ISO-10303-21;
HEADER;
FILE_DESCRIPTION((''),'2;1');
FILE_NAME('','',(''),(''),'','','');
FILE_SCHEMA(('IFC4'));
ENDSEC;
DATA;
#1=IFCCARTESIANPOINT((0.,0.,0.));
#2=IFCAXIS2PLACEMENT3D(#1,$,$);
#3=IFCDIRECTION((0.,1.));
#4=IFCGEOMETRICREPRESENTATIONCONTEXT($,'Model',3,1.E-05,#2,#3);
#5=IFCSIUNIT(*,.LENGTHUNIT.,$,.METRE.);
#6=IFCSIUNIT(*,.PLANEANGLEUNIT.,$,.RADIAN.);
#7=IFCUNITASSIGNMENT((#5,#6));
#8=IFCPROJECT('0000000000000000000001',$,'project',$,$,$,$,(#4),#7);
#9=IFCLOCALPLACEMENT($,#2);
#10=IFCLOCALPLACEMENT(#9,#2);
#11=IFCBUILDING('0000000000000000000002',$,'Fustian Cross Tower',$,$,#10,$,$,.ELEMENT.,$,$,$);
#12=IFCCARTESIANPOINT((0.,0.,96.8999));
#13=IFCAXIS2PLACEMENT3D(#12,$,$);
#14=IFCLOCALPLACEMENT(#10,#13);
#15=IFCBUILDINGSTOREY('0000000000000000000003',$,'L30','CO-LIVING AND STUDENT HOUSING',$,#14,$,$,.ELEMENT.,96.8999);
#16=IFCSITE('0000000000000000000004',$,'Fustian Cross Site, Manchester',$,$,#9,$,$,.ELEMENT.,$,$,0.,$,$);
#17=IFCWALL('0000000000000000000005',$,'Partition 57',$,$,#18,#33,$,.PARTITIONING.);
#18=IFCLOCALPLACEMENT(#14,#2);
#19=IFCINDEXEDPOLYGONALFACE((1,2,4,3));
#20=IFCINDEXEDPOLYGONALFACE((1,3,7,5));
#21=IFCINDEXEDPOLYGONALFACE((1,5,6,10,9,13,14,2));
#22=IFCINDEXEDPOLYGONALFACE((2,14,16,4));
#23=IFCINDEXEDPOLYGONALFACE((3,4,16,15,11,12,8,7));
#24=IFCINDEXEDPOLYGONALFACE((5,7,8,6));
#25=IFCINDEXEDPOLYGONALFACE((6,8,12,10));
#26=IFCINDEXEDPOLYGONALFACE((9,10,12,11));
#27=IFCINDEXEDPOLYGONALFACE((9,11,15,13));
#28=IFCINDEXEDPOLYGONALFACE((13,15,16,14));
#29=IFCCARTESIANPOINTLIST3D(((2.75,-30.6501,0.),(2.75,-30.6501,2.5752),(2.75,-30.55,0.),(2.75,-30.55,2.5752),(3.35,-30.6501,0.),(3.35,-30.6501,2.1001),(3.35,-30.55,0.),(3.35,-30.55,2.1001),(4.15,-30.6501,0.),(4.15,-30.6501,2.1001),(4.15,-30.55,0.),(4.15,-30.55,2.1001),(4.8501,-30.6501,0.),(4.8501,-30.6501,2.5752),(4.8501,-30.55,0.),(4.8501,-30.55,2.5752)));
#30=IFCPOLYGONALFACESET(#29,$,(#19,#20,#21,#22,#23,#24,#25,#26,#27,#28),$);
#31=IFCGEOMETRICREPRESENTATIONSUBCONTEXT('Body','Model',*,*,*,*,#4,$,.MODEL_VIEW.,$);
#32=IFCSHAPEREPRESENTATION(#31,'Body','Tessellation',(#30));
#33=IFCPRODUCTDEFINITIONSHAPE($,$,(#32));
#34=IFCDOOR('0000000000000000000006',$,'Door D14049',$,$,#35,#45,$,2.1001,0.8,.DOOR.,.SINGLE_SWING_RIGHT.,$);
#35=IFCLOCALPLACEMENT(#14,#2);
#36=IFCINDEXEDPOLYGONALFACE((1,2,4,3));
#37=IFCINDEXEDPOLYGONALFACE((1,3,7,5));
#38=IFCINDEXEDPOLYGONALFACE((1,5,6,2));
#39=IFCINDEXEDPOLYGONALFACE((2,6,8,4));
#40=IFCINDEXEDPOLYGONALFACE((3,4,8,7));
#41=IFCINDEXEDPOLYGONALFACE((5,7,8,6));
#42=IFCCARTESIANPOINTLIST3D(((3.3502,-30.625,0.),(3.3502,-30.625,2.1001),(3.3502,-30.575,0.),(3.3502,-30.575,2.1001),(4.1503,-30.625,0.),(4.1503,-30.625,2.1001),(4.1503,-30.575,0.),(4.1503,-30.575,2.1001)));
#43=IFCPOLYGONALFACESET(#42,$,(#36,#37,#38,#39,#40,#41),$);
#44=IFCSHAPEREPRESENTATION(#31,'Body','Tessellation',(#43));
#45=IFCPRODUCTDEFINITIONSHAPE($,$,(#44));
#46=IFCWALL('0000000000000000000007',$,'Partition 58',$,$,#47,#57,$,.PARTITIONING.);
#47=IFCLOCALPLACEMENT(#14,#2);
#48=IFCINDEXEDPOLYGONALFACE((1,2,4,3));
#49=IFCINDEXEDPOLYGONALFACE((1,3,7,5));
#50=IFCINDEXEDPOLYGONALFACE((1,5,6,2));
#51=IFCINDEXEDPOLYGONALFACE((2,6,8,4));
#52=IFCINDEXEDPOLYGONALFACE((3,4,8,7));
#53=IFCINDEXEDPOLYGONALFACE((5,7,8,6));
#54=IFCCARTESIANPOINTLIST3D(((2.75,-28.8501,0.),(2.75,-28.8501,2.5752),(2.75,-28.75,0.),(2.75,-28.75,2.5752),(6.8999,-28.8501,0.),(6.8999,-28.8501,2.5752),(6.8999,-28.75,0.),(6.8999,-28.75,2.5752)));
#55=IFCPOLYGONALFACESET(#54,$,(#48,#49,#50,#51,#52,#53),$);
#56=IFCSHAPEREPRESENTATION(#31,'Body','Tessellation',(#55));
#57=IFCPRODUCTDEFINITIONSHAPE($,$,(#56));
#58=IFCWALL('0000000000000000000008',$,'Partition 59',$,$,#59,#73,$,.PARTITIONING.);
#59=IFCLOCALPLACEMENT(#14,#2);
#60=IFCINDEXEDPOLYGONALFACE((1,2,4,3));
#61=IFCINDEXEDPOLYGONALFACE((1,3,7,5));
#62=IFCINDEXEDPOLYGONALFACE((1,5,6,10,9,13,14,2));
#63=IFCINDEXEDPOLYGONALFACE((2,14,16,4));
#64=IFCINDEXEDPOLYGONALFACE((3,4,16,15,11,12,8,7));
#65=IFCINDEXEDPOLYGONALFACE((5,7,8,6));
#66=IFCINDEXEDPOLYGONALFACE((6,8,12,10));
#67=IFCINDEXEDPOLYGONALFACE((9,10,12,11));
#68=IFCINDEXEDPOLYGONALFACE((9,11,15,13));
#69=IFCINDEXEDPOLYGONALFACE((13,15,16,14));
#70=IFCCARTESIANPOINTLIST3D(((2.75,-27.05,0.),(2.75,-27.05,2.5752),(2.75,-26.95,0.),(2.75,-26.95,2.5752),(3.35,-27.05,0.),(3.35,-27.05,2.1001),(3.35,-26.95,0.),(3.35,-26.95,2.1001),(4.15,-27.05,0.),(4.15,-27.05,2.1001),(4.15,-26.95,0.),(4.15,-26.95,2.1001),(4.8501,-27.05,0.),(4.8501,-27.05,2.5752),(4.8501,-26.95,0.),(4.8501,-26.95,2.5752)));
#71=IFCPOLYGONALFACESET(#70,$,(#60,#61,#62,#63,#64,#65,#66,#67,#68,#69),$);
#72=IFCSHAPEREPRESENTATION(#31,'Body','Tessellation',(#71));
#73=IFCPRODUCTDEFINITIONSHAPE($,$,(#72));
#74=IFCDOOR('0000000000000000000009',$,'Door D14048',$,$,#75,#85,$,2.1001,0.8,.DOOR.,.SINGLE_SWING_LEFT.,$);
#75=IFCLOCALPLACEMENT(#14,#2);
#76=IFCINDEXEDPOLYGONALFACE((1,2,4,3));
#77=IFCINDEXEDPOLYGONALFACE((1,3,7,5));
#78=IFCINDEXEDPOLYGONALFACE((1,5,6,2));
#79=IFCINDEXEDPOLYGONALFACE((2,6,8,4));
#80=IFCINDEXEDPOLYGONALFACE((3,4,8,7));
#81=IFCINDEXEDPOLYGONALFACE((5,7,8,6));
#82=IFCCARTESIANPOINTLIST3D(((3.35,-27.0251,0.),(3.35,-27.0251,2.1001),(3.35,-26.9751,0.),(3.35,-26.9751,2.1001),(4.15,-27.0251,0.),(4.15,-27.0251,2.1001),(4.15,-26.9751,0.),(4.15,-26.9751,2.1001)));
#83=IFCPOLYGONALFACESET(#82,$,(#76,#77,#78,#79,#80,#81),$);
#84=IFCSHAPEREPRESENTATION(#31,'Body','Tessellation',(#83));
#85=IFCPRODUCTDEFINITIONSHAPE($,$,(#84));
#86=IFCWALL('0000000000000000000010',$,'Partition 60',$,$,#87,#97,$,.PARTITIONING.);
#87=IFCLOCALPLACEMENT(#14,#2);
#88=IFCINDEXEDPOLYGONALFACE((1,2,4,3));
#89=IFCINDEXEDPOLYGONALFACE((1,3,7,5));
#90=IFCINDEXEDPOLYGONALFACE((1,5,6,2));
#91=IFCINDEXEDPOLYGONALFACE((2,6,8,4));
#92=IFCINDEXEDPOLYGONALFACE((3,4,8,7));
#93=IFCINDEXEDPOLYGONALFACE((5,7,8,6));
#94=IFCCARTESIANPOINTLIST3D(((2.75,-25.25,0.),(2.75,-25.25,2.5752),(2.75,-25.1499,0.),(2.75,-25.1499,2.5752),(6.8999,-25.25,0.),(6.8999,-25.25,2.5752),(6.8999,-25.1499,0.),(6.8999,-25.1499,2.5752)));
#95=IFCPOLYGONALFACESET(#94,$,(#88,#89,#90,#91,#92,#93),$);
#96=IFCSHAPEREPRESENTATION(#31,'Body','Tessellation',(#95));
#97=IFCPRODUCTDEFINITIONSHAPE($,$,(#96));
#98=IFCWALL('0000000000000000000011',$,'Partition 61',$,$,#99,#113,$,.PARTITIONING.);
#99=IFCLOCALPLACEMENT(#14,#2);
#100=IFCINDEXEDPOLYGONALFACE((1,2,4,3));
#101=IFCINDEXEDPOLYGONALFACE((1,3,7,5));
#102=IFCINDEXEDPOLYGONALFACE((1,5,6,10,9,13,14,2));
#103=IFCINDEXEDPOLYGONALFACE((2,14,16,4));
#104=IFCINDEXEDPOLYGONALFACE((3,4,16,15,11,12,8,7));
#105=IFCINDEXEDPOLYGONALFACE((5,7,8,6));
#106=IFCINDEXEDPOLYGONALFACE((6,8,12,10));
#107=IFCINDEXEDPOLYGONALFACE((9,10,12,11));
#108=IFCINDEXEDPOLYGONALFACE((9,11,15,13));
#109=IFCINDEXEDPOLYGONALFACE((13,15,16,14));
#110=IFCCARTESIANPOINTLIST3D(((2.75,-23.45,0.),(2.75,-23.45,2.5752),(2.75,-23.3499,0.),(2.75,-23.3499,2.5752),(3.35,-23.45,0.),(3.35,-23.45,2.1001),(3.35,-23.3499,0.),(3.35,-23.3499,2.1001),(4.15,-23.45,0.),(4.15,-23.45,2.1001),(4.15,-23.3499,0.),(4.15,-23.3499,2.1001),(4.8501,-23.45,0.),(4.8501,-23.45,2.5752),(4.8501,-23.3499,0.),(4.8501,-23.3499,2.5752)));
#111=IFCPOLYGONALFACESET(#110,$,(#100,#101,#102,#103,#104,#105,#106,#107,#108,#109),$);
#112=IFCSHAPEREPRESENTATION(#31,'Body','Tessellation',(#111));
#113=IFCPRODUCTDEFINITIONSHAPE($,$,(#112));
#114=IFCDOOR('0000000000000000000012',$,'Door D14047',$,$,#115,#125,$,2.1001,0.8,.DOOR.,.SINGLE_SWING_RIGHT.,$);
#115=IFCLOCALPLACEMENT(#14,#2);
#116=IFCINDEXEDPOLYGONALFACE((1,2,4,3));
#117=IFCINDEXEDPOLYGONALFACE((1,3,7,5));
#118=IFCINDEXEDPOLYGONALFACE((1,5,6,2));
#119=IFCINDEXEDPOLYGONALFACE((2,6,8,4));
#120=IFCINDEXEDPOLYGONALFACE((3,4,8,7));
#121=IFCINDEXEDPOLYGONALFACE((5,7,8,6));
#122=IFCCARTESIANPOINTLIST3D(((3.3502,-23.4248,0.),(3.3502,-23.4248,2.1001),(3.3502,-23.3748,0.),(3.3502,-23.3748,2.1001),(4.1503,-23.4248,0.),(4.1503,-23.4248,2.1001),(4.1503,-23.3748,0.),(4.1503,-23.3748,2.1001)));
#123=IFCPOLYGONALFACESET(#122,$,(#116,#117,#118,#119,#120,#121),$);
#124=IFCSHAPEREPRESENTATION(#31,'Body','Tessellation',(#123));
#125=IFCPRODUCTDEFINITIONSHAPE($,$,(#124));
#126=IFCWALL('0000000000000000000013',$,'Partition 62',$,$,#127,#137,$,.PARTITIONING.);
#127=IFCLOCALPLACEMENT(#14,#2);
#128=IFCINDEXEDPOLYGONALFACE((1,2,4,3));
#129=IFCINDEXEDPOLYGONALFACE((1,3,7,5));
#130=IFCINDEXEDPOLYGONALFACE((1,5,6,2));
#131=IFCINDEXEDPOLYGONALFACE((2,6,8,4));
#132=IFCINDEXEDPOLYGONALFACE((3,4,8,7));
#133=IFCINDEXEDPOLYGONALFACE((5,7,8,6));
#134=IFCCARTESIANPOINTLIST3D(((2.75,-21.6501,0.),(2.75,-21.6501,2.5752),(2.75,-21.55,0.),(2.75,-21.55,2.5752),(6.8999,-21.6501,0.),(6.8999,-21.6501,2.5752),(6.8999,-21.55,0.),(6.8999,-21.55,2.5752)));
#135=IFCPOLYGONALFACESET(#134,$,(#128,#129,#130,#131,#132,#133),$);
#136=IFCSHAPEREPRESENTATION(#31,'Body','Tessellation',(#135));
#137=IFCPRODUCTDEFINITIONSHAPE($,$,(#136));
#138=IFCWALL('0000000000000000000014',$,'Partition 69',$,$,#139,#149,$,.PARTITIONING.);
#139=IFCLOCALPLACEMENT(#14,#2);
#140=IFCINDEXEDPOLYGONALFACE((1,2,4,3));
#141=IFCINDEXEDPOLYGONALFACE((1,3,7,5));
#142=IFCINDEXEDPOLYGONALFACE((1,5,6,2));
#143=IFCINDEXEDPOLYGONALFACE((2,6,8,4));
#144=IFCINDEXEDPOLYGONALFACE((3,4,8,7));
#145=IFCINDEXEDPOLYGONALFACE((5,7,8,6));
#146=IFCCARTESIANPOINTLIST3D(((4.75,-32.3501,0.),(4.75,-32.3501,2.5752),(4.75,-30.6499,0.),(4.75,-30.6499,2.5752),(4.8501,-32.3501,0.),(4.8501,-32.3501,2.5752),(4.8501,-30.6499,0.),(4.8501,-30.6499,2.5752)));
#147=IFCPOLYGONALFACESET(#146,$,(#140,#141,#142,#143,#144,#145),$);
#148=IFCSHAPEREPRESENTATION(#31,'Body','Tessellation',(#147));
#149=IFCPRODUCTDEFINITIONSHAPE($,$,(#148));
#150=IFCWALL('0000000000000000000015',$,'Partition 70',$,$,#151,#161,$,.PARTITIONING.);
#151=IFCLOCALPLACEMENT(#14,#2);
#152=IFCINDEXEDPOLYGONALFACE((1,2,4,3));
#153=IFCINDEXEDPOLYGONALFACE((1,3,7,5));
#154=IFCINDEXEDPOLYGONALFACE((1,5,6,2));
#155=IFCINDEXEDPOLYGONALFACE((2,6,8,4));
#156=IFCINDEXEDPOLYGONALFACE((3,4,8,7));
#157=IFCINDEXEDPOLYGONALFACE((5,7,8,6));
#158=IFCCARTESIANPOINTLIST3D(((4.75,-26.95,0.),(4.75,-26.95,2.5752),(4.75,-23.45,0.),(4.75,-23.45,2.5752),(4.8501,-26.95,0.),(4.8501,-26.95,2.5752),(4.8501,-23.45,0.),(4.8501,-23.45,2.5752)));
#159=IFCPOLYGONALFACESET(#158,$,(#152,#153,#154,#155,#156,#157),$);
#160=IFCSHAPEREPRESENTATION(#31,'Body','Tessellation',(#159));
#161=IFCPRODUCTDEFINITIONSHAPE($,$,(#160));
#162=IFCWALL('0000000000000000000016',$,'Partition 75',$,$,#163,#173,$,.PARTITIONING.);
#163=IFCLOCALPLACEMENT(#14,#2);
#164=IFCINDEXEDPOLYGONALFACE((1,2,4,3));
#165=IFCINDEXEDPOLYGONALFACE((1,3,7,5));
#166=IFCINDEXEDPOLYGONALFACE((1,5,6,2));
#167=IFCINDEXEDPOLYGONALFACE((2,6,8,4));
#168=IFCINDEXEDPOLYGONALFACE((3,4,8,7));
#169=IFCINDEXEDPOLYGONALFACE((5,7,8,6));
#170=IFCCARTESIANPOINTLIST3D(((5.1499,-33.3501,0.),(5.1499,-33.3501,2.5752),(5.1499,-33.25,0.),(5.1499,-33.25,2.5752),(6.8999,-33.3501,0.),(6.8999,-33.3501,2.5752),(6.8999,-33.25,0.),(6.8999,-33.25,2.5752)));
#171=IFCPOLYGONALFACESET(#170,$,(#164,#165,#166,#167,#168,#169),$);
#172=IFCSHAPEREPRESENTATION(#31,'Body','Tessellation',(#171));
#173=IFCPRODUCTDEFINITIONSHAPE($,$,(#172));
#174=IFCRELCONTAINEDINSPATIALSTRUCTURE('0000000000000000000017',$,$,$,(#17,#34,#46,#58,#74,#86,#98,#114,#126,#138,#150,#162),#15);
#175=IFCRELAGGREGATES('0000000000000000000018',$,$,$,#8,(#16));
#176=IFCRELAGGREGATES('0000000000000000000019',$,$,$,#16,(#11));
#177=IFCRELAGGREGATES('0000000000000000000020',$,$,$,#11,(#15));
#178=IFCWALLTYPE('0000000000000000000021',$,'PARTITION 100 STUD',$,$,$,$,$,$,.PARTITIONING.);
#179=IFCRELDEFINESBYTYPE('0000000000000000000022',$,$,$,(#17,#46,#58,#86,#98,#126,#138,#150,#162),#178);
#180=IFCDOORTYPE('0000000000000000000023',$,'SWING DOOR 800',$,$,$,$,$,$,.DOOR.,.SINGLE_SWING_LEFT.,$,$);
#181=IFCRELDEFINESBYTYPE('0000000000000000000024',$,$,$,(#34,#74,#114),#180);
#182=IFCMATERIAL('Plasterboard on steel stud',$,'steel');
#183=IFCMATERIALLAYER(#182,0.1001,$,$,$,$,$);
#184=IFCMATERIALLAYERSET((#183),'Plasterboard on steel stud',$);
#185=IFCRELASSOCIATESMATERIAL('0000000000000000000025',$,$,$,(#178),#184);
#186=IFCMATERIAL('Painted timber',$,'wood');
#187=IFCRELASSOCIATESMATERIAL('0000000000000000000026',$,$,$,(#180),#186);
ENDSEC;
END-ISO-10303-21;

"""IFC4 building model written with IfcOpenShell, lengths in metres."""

from ifc_helpers import new_model, si_unit, direction, frame, frame_2d, origin, place, context, subcontext, project, spatial, rectangle, extrude, material, layer, layer_set, type_object, element, fill, save


model = new_model("IFC4")

# Units and contexts
model_context = context("Model", 3, precision=1e-05, world=origin(), true_north=direction((0.0, 1.0)))
body_context = subcontext(model_context, "Body", "Model", "MODEL_VIEW")
ifc_project = project(units=[si_unit("LENGTHUNIT", "METRE"), si_unit("PLANEANGLEUNIT", "RADIAN")], contexts=[model_context])

# Site, building, storey
site_placement = place(None, origin())
site = spatial("IfcSite", under=ifc_project, at=site_placement, Name="Fustian Cross Site, Manchester", CompositionType="ELEMENT", RefElevation=0.0)
building_placement = place(site_placement, origin())
building = spatial("IfcBuilding", under=site, at=building_placement, Name="Fustian Cross Tower", CompositionType="ELEMENT")
storey_placement = place(building_placement, frame((0.0, 0.0, 96.8999)))
storey = spatial("IfcBuildingStorey", under=building, at=storey_placement, Name="L30", Description="CO-LIVING AND STUDENT HOUSING", CompositionType="ELEMENT", Elevation=96.8999)

# Shared definitions
ifc_material_1 = material(Name="Plasterboard on steel stud", Category="steel")
ifc_layer = layer(ifc_material_1, 0.1001)
ifc_layer_set = layer_set([ifc_layer], Name="Plasterboard on steel stud")
wall_type = type_object("IfcWallType", Name="PARTITION 100 STUD", PredefinedType="PARTITIONING", material=ifc_layer_set)

# Wall, opening, door
wall_1_placement = place(storey_placement, frame((2.75, -30.6001, 0.0), z_axis=(0.0, 0.0, 1.0), x_axis=(1.0, 0.0, 0.0)))
wall_1 = element("IfcWall", 1, at=wall_1_placement, inside=storey, type_object=wall_type, Name="Partition 57", PredefinedType="PARTITIONING", context=body_context, shape_type="SweptSolid", body=[
    extrude(rectangle(XDim=2.1001, YDim=0.1001, at=frame_2d((1.05, 0.0))), origin(), (0.0, 0.0, 1.0), 2.5752),
])
opening_1_placement = place(wall_1_placement, frame((0.6001, 0.0, 0.0)))
opening_1 = element("IfcOpeningElement", 2, at=opening_1_placement, cuts=wall_1, PredefinedType="OPENING", context=body_context, shape_type="SweptSolid", body=[
    extrude(rectangle(XDim=0.8, YDim=2.1001, at=frame_2d((0.3999, 1.05))), frame((0.0, 0.0601, 0.0), z_axis=(0.0, -1.0, 0.0), x_axis=(1.0, 0.0, 0.0)), (0.0, 0.0, 1.0), 0.1201),
])
ifc_material_2 = material(Name="Painted timber", Category="wood")
door_type_1 = type_object("IfcDoorType", Name="SWING DOOR 800", OperationType="SINGLE_SWING_LEFT", PredefinedType="DOOR", material=ifc_material_2)
door_1_placement = place(opening_1_placement, frame((0.8, 0.0, 0.0), z_axis=(0.0, 0.0, 1.0), x_axis=(-1.0, 0.0, 0.0)))
door_1 = element("IfcDoor", 3, at=door_1_placement, inside=storey, type_object=door_type_1, Name="Door D14049", OperationType="SINGLE_SWING_RIGHT", OverallHeight=2.1001, OverallWidth=0.8, PredefinedType="DOOR", context=body_context, shape_type="SweptSolid", body=[
    extrude(rectangle(XDim=0.8, YDim=2.1001, at=frame_2d((0.3999, 1.05))), frame((0.0, 0.0249, 0.0), z_axis=(0.0, -1.0, 0.0), x_axis=(1.0, 0.0, 0.0)), (0.0, 0.0, 1.0), 0.05),
])
fill(opening_1, door_1)

# Wall
wall_2_placement = place(storey_placement, frame((2.75, -28.8, 0.0), z_axis=(0.0, 0.0, 1.0), x_axis=(1.0, 0.0, 0.0)))
element("IfcWall", 4, at=wall_2_placement, inside=storey, type_object=wall_type, Name="Partition 58", PredefinedType="PARTITIONING", context=body_context, shape_type="SweptSolid", body=[
    extrude(rectangle(XDim=4.1499, YDim=0.1001, at=frame_2d((2.075, 0.0))), origin(), (0.0, 0.0, 1.0), 2.5752),
])

# Wall, opening, door
wall_3_placement = place(storey_placement, frame((2.75, -27.0, 0.0), z_axis=(0.0, 0.0, 1.0), x_axis=(1.0, 0.0, 0.0)))
wall_3 = element("IfcWall", 5, at=wall_3_placement, inside=storey, type_object=wall_type, Name="Partition 59", PredefinedType="PARTITIONING", context=body_context, shape_type="SweptSolid", body=[
    extrude(rectangle(XDim=2.1001, YDim=0.1001, at=frame_2d((1.05, 0.0))), origin(), (0.0, 0.0, 1.0), 2.5752),
])
opening_2_placement = place(wall_3_placement, frame((0.6001, 0.0, 0.0)))
opening_2 = element("IfcOpeningElement", 6, at=opening_2_placement, cuts=wall_3, PredefinedType="OPENING", context=body_context, shape_type="SweptSolid", body=[
    extrude(rectangle(XDim=0.8, YDim=2.1001, at=frame_2d((0.3999, 1.05))), frame((0.0, 0.0601, 0.0), z_axis=(0.0, -1.0, 0.0), x_axis=(1.0, 0.0, 0.0)), (0.0, 0.0, 1.0), 0.1201),
])
door_2_placement = place(opening_2_placement, origin())
door_2 = element("IfcDoor", 7, at=door_2_placement, inside=storey, type_object=door_type_1, Name="Door D14048", OperationType="SINGLE_SWING_LEFT", OverallHeight=2.1001, OverallWidth=0.8, PredefinedType="DOOR", context=body_context, shape_type="SweptSolid", body=[
    extrude(rectangle(XDim=0.8, YDim=2.1001, at=frame_2d((0.3999, 1.05))), frame((0.0, 0.0249, 0.0), z_axis=(0.0, -1.0, 0.0), x_axis=(1.0, 0.0, 0.0)), (0.0, 0.0, 1.0), 0.05),
])
fill(opening_2, door_2)

# Wall
wall_4_placement = place(storey_placement, frame((2.75, -25.2, 0.0), z_axis=(0.0, 0.0, 1.0), x_axis=(1.0, 0.0, 0.0)))
element("IfcWall", 8, at=wall_4_placement, inside=storey, type_object=wall_type, Name="Partition 60", PredefinedType="PARTITIONING", context=body_context, shape_type="SweptSolid", body=[
    extrude(rectangle(XDim=4.1499, YDim=0.1001, at=frame_2d((2.075, 0.0))), origin(), (0.0, 0.0, 1.0), 2.5752),
])

# Wall, opening, door
wall_5_placement = place(storey_placement, frame((2.75, -23.3999, 0.0), z_axis=(0.0, 0.0, 1.0), x_axis=(1.0, 0.0, 0.0)))
wall_5 = element("IfcWall", 9, at=wall_5_placement, inside=storey, type_object=wall_type, Name="Partition 61", PredefinedType="PARTITIONING", context=body_context, shape_type="SweptSolid", body=[
    extrude(rectangle(XDim=2.1001, YDim=0.1001, at=frame_2d((1.05, 0.0))), origin(), (0.0, 0.0, 1.0), 2.5752),
])
opening_3_placement = place(wall_5_placement, frame((0.6001, 0.0, 0.0)))
opening_3 = element("IfcOpeningElement", 10, at=opening_3_placement, cuts=wall_5, PredefinedType="OPENING", context=body_context, shape_type="SweptSolid", body=[
    extrude(rectangle(XDim=0.8, YDim=2.1001, at=frame_2d((0.3999, 1.05))), frame((0.0, 0.0601, 0.0), z_axis=(0.0, -1.0, 0.0), x_axis=(1.0, 0.0, 0.0)), (0.0, 0.0, 1.0), 0.1201),
])
door_3_placement = place(opening_3_placement, frame((0.8, 0.0, 0.0), z_axis=(0.0, 0.0, 1.0), x_axis=(-1.0, 0.0, 0.0)))
door_3 = element("IfcDoor", 11, at=door_3_placement, inside=storey, type_object=door_type_1, Name="Door D14047", OperationType="SINGLE_SWING_RIGHT", OverallHeight=2.1001, OverallWidth=0.8, PredefinedType="DOOR", context=body_context, shape_type="SweptSolid", body=[
    extrude(rectangle(XDim=0.8, YDim=2.1001, at=frame_2d((0.3999, 1.05))), frame((0.0, 0.0249, 0.0), z_axis=(0.0, -1.0, 0.0), x_axis=(1.0, 0.0, 0.0)), (0.0, 0.0, 1.0), 0.05),
])
fill(opening_3, door_3)

# Walls
wall_6_placement = place(storey_placement, frame((2.75, -21.6001, 0.0), z_axis=(0.0, 0.0, 1.0), x_axis=(1.0, 0.0, 0.0)))
element("IfcWall", 12, at=wall_6_placement, inside=storey, type_object=wall_type, Name="Partition 62", PredefinedType="PARTITIONING", context=body_context, shape_type="SweptSolid", body=[
    extrude(rectangle(XDim=4.1499, YDim=0.1001, at=frame_2d((2.075, 0.0))), origin(), (0.0, 0.0, 1.0), 2.5752),
])
wall_7_placement = place(storey_placement, frame((4.8, -32.3501, 0.0), z_axis=(0.0, 0.0, 1.0), x_axis=(0.0, 1.0, 0.0)))
element("IfcWall", 13, at=wall_7_placement, inside=storey, type_object=wall_type, Name="Partition 69", PredefinedType="PARTITIONING", context=body_context, shape_type="SweptSolid", body=[
    extrude(rectangle(XDim=1.7002, YDim=0.1001, at=frame_2d((0.8501, 0.0))), origin(), (0.0, 0.0, 1.0), 2.5752),
])
wall_8_placement = place(storey_placement, frame((4.8, -26.95, 0.0), z_axis=(0.0, 0.0, 1.0), x_axis=(0.0, 1.0, 0.0)))
element("IfcWall", 14, at=wall_8_placement, inside=storey, type_object=wall_type, Name="Partition 70", PredefinedType="PARTITIONING", context=body_context, shape_type="SweptSolid", body=[
    extrude(rectangle(XDim=3.5, YDim=0.1001, at=frame_2d((1.75, 0.0))), origin(), (0.0, 0.0, 1.0), 2.5752),
])
wall_9_placement = place(storey_placement, frame((5.1499, -33.3, 0.0), z_axis=(0.0, 0.0, 1.0), x_axis=(1.0, 0.0, 0.0)))
element("IfcWall", 15, at=wall_9_placement, inside=storey, type_object=wall_type, Name="Partition 75", PredefinedType="PARTITIONING", context=body_context, shape_type="SweptSolid", body=[
    extrude(rectangle(XDim=1.75, YDim=0.1001, at=frame_2d((0.875, 0.0))), origin(), (0.0, 0.0, 1.0), 2.5752),
])

save(model, "model.ifc")
